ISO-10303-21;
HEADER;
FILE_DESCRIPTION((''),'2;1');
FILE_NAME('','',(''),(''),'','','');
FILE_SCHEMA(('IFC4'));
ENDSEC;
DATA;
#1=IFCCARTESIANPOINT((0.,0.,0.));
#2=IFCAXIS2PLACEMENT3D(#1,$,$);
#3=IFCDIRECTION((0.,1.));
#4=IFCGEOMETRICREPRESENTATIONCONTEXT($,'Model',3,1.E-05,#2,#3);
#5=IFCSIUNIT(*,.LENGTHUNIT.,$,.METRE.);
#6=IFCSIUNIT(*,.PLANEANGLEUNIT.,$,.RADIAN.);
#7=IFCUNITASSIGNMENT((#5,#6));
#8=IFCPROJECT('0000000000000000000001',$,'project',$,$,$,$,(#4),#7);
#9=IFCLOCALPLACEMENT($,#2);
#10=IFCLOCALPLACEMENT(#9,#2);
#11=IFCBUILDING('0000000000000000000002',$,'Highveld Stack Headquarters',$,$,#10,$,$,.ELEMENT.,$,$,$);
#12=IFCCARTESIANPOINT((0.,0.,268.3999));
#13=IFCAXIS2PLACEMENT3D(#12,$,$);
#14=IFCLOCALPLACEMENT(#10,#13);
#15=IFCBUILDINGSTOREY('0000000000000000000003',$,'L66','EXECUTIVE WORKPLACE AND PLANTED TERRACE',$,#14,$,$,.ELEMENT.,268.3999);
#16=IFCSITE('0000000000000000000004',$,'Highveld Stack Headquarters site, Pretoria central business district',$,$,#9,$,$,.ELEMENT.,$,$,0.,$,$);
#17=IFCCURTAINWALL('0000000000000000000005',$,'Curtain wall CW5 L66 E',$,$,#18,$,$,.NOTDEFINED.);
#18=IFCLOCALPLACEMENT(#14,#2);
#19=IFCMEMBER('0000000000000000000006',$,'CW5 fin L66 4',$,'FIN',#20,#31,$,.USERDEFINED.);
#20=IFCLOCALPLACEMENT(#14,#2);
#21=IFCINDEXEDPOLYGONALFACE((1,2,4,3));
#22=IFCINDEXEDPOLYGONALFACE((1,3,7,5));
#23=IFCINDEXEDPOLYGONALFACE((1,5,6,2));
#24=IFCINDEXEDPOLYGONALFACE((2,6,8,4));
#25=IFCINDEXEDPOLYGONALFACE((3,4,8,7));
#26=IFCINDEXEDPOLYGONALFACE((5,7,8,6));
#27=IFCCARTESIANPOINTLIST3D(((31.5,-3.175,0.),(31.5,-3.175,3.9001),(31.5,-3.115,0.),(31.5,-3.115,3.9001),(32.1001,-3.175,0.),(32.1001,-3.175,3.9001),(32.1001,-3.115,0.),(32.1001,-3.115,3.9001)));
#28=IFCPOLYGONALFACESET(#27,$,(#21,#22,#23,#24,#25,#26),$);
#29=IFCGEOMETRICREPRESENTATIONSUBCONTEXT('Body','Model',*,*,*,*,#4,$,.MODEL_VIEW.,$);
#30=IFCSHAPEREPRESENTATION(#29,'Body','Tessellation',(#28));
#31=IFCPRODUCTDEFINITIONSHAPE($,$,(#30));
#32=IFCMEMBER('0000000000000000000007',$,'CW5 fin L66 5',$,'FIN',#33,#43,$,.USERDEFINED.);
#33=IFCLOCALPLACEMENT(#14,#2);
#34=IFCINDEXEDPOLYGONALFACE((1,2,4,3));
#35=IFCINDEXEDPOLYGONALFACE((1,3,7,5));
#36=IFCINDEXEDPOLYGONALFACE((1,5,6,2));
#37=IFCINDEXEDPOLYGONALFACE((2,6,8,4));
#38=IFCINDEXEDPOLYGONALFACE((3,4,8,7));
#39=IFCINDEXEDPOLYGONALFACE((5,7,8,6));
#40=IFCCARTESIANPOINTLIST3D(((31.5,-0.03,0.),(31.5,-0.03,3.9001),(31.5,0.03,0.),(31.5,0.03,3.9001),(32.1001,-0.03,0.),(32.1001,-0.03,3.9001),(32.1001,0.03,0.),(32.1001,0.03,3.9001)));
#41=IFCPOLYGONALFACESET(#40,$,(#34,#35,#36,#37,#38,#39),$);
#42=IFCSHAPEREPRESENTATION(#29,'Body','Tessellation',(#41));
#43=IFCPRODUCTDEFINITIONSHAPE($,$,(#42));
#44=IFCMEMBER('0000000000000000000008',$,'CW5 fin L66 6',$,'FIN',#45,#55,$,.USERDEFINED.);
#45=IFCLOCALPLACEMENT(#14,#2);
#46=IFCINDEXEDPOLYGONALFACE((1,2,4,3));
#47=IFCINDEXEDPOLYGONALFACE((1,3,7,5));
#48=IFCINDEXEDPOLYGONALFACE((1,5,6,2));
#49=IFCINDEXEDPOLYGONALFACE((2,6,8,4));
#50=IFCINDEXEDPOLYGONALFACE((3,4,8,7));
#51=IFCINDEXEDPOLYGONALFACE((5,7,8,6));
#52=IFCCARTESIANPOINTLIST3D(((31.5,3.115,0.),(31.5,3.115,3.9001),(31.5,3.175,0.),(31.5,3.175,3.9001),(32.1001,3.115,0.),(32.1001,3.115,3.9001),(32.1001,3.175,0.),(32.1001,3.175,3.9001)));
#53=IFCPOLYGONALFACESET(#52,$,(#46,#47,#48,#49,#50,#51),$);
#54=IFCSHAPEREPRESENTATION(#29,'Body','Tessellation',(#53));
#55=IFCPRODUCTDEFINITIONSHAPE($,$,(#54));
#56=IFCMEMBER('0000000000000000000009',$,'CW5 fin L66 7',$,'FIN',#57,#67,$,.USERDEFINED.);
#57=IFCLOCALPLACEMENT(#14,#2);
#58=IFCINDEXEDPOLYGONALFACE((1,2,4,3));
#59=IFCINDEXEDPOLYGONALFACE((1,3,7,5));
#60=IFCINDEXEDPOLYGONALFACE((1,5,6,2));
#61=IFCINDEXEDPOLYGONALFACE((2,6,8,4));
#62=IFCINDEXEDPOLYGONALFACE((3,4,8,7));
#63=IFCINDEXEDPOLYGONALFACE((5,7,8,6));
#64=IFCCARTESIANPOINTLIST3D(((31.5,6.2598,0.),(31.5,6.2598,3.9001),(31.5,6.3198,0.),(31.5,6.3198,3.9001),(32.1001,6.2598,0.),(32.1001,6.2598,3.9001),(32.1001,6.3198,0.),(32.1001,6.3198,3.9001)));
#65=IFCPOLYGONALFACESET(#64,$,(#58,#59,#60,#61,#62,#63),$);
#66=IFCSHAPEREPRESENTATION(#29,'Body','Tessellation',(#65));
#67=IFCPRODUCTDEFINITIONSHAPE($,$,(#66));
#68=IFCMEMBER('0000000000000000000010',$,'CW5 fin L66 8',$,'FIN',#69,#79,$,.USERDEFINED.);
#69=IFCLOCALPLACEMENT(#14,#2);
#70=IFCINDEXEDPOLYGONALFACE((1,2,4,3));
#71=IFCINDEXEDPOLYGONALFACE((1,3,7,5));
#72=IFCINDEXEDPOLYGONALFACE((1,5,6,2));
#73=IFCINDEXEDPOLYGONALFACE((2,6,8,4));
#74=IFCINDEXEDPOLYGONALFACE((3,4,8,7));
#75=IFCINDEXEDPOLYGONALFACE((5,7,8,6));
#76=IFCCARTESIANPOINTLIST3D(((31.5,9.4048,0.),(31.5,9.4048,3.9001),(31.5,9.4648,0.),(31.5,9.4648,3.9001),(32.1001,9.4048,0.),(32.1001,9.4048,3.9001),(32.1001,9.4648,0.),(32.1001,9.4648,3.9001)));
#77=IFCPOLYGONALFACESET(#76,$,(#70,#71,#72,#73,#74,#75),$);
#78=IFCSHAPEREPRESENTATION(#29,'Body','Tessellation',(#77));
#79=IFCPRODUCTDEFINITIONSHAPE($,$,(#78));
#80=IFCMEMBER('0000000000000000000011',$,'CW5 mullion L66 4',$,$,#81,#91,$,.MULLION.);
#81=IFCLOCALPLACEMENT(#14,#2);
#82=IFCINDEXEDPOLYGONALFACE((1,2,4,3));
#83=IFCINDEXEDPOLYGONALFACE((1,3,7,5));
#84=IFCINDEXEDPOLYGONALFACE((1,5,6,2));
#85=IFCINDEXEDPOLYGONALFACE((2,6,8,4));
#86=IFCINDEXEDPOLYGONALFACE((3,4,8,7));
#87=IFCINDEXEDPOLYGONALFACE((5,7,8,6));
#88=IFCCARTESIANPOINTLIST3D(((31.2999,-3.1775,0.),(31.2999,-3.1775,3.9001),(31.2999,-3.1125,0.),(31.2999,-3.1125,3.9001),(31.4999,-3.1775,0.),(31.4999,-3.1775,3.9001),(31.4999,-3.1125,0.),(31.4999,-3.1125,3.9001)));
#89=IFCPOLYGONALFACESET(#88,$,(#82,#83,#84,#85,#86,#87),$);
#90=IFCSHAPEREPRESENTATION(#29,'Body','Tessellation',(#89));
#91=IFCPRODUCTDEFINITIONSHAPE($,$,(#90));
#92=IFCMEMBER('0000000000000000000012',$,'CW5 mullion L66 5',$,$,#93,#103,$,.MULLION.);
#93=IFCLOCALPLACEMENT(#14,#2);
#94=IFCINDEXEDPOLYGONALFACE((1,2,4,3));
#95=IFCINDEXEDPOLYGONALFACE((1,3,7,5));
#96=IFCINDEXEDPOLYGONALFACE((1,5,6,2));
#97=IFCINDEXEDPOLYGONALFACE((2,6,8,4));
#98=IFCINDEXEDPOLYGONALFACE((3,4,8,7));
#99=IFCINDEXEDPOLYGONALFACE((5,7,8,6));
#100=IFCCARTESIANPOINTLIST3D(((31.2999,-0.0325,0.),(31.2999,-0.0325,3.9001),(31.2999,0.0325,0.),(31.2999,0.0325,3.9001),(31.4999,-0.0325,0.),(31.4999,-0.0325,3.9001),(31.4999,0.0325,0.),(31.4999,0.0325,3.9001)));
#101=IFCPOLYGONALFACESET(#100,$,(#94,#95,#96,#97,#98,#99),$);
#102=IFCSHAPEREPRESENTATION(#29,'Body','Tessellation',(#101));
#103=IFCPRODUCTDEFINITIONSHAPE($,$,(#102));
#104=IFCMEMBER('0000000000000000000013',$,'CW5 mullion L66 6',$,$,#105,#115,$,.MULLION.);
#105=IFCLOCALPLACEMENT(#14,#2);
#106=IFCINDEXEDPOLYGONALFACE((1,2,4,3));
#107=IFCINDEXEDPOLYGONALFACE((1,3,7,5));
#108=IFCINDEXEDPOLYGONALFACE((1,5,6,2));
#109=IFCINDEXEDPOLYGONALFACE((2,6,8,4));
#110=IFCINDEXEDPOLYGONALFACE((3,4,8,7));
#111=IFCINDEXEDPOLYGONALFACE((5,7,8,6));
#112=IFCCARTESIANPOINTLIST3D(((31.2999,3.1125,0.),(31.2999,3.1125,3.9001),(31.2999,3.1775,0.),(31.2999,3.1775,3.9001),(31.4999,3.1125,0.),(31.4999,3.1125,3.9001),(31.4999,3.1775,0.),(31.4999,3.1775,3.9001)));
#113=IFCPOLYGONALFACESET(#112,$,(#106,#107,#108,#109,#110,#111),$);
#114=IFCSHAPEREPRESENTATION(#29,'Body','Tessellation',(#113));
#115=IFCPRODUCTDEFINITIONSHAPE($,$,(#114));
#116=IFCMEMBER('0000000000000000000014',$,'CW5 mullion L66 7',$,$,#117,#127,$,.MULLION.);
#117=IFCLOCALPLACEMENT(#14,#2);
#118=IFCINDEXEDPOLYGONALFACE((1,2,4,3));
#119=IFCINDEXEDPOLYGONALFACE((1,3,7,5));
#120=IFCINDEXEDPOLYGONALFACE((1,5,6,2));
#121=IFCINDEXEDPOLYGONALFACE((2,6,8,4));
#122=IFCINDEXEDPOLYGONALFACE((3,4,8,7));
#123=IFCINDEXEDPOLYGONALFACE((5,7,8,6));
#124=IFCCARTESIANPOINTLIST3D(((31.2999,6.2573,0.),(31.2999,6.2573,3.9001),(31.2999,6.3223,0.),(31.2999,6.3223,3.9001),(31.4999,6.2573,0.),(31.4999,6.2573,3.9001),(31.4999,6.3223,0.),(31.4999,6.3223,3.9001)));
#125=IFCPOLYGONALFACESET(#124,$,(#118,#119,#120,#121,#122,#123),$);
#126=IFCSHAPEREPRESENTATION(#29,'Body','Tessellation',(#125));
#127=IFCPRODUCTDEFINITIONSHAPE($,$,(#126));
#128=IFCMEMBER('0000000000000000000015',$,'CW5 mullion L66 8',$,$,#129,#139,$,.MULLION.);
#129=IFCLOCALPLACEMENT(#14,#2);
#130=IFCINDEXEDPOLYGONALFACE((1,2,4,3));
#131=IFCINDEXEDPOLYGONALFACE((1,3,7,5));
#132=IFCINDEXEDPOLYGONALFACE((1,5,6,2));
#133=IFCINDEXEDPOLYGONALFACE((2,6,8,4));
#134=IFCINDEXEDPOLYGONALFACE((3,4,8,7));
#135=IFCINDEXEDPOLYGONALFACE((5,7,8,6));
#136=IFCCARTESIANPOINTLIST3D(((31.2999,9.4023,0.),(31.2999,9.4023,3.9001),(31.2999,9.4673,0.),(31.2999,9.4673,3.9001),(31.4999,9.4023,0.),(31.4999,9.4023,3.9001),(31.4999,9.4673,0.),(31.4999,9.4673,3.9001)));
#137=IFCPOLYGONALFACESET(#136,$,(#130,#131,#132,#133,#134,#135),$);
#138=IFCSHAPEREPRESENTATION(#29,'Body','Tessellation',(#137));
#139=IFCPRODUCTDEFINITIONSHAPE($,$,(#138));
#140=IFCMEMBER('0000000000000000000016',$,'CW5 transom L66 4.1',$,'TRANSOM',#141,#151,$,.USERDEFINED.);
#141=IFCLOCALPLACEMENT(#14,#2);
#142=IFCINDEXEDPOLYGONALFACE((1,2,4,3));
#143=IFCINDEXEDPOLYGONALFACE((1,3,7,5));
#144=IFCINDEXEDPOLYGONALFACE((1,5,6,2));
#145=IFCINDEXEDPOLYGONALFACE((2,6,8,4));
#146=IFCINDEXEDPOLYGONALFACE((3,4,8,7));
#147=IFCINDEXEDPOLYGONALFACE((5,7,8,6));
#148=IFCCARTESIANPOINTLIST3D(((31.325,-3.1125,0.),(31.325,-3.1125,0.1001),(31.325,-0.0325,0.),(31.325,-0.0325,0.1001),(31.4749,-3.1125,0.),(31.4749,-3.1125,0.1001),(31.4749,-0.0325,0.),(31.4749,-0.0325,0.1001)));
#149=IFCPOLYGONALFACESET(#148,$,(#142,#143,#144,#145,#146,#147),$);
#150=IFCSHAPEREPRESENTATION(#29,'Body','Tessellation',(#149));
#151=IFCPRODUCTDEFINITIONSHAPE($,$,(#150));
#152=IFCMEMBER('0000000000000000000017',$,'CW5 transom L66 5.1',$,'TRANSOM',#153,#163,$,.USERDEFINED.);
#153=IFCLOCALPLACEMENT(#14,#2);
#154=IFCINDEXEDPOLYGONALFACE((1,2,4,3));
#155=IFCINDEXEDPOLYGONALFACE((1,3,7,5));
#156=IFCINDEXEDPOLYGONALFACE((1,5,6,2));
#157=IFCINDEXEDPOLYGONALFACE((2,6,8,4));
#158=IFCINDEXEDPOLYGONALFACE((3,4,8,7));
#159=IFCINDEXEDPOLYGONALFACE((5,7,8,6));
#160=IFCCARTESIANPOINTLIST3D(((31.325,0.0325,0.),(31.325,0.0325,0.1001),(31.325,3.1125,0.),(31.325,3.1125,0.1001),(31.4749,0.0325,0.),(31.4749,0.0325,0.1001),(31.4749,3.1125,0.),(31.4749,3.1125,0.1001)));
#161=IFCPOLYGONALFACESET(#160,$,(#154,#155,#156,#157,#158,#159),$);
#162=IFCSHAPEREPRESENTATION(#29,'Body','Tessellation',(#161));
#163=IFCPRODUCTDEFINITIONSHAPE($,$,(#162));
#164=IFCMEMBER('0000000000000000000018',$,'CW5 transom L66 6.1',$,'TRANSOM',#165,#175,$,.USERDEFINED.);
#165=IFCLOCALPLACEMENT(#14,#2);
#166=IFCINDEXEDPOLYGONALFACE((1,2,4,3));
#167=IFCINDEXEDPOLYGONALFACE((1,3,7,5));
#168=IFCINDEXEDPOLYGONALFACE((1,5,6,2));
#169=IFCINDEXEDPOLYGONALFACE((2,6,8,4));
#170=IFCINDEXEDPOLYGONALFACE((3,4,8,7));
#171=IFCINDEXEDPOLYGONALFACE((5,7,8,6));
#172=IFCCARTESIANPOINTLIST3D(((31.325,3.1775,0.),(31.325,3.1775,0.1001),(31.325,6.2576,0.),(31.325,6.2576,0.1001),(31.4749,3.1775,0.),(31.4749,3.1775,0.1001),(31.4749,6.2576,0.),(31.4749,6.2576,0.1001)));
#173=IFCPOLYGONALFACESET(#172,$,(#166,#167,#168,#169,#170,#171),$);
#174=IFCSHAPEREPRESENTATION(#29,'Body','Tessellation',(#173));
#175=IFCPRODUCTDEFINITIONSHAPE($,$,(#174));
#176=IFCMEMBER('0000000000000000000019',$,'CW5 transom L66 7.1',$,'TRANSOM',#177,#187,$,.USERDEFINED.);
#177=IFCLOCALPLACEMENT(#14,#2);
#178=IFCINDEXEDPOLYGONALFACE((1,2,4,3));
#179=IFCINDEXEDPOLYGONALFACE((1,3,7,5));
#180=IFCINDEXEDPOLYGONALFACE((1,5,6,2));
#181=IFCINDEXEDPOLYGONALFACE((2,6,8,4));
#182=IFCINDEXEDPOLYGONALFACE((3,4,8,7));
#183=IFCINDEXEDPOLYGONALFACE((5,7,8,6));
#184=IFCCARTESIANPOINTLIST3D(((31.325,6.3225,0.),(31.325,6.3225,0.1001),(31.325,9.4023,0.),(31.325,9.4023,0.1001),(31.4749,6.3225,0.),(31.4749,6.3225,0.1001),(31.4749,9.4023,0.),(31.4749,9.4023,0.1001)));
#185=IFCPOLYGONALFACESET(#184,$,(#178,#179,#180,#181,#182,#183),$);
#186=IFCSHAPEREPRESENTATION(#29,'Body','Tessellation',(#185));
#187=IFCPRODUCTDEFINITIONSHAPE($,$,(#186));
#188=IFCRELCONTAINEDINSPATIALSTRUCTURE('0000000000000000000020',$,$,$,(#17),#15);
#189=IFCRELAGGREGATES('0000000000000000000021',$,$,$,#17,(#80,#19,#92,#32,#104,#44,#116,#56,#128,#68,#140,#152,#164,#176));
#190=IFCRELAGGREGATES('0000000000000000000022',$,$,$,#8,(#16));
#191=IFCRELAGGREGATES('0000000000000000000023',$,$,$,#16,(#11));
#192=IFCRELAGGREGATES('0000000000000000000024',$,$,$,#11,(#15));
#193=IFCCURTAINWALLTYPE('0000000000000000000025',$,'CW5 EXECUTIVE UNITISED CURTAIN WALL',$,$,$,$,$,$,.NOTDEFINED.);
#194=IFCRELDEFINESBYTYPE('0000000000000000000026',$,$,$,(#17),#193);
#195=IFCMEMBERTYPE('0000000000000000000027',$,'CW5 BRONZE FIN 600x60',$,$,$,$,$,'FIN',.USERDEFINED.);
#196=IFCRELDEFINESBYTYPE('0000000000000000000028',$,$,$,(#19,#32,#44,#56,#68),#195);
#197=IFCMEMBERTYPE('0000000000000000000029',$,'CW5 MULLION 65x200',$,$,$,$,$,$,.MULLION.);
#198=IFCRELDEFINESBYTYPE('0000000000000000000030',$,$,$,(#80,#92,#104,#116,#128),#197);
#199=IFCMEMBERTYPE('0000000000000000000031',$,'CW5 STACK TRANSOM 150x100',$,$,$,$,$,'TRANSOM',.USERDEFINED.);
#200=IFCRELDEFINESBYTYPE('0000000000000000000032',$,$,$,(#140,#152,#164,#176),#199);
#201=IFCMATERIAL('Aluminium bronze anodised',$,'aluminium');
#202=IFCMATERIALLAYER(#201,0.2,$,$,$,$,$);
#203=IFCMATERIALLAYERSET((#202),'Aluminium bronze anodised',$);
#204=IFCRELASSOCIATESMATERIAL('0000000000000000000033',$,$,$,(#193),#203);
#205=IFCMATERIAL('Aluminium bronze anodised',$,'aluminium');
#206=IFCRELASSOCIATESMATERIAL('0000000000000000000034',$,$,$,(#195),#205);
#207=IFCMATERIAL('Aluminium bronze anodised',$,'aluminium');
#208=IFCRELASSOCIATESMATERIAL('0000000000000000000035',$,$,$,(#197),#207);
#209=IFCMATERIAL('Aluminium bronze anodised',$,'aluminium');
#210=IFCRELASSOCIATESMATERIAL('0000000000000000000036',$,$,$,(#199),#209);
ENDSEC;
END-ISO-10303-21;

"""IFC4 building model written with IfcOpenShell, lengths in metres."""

from ifc_helpers import new_model, si_unit, direction, frame, origin, origin_2d, place, context, subcontext, project, spatial, rectangle, extrude, material, layer, layer_set, material_profile, profile_set, type_object, element, aggregate, save


model = new_model("IFC4")

# Units and contexts
model_context = context("Model", 3, precision=1e-05, world=origin(), true_north=direction((0.0, 1.0)))
body_context = subcontext(model_context, "Body", "Model", "MODEL_VIEW")
ifc_project = project(units=[si_unit("LENGTHUNIT", "METRE"), si_unit("PLANEANGLEUNIT", "RADIAN")], contexts=[model_context])

# Site, building, storey
site_placement = place(None, origin())
site = spatial("IfcSite", under=ifc_project, at=site_placement, Name="Highveld Stack Headquarters site, Pretoria central business district", CompositionType="ELEMENT", RefElevation=0.0)
building_placement = place(site_placement, origin())
building = spatial("IfcBuilding", under=site, at=building_placement, Name="Highveld Stack Headquarters", CompositionType="ELEMENT")
storey_placement = place(building_placement, frame((0.0, 0.0, 268.3999)))
storey = spatial("IfcBuildingStorey", under=building, at=storey_placement, Name="L66", Description="EXECUTIVE WORKPLACE AND PLANTED TERRACE", CompositionType="ELEMENT", Elevation=268.3999)

# Curtain wall, members
ifc_material_1 = material(Name="Aluminium bronze anodised", Category="aluminium")
ifc_layer_1 = layer(ifc_material_1, 0.2)
ifc_layer_set_1 = layer_set([ifc_layer_1], Name="Aluminium bronze anodised")
curtain_wall_type = type_object("IfcCurtainWallType", Name="CW5 EXECUTIVE UNITISED CURTAIN WALL", PredefinedType="NOTDEFINED", material=ifc_layer_set_1)
curtain_wall_placement = place(storey_placement, origin())
curtain_wall = element("IfcCurtainWall", 1, at=curtain_wall_placement, inside=storey, type_object=curtain_wall_type, Name="Curtain wall CW5 L66 E", PredefinedType="NOTDEFINED")
ifc_material_2 = material(Name="Aluminium bronze anodised", Category="aluminium")
ifc_material_profile_1 = material_profile(ifc_material_2, rectangle(XDim=0.6001, YDim=0.0601, at=origin_2d()), Name="FIN 600x60")
ifc_profile_set_1 = profile_set([ifc_material_profile_1], Name="Aluminium bronze anodised")
member_type_1 = type_object("IfcMemberType", Name="CW5 BRONZE FIN 600x60", ElementType="FIN", PredefinedType="USERDEFINED", material=ifc_profile_set_1)
member_1_placement = place(storey_placement, frame((31.8, -3.145, 0.0), z_axis=(0.0, 0.0, 1.0), x_axis=(-1.0, 0.0, 0.0)))
member_1 = element("IfcMember", 2, at=member_1_placement, type_object=member_type_1, Name="CW5 fin L66 4", ObjectType="FIN", PredefinedType="USERDEFINED", context=body_context, shape_type="SweptSolid", body=[
    extrude(rectangle(XDim=0.6001, YDim=0.0601, at=origin_2d()), origin(), (0.0, 0.0, 1.0), 3.9001),
])
member_2_placement = place(storey_placement, frame((31.8, 0.0, 0.0), z_axis=(0.0, 0.0, 1.0), x_axis=(-1.0, 0.0, 0.0)))
member_2 = element("IfcMember", 3, at=member_2_placement, type_object=member_type_1, Name="CW5 fin L66 5", ObjectType="FIN", PredefinedType="USERDEFINED", context=body_context, shape_type="SweptSolid", body=[
    extrude(rectangle(XDim=0.6001, YDim=0.0601, at=origin_2d()), origin(), (0.0, 0.0, 1.0), 3.9001),
])
member_3_placement = place(storey_placement, frame((31.8, 3.145, 0.0), z_axis=(0.0, 0.0, 1.0), x_axis=(-1.0, 0.0, 0.0)))
member_3 = element("IfcMember", 4, at=member_3_placement, type_object=member_type_1, Name="CW5 fin L66 6", ObjectType="FIN", PredefinedType="USERDEFINED", context=body_context, shape_type="SweptSolid", body=[
    extrude(rectangle(XDim=0.6001, YDim=0.0601, at=origin_2d()), origin(), (0.0, 0.0, 1.0), 3.9001),
])
member_4_placement = place(storey_placement, frame((31.8, 6.2898, 0.0), z_axis=(0.0, 0.0, 1.0), x_axis=(-1.0, 0.0, 0.0)))
member_4 = element("IfcMember", 5, at=member_4_placement, type_object=member_type_1, Name="CW5 fin L66 7", ObjectType="FIN", PredefinedType="USERDEFINED", context=body_context, shape_type="SweptSolid", body=[
    extrude(rectangle(XDim=0.6001, YDim=0.0601, at=origin_2d()), origin(), (0.0, 0.0, 1.0), 3.9001),
])
member_5_placement = place(storey_placement, frame((31.8, 9.4348, 0.0), z_axis=(0.0, 0.0, 1.0), x_axis=(-1.0, 0.0, 0.0)))
member_5 = element("IfcMember", 6, at=member_5_placement, type_object=member_type_1, Name="CW5 fin L66 8", ObjectType="FIN", PredefinedType="USERDEFINED", context=body_context, shape_type="SweptSolid", body=[
    extrude(rectangle(XDim=0.6001, YDim=0.0601, at=origin_2d()), origin(), (0.0, 0.0, 1.0), 3.9001),
])
ifc_material_3 = material(Name="Aluminium bronze anodised", Category="aluminium")
ifc_material_profile_2 = material_profile(ifc_material_3, rectangle(XDim=0.2, YDim=0.0649, at=origin_2d()), Name="CW5 MULLION 65x200")
ifc_profile_set_2 = profile_set([ifc_material_profile_2], Name="Aluminium bronze anodised")
member_type_2 = type_object("IfcMemberType", Name="CW5 MULLION 65x200", PredefinedType="MULLION", material=ifc_profile_set_2)
member_6_placement = place(storey_placement, frame((31.3999, -3.145, 0.0), z_axis=(0.0, 0.0, 1.0), x_axis=(-1.0, 0.0, 0.0)))
member_6 = element("IfcMember", 7, at=member_6_placement, type_object=member_type_2, Name="CW5 mullion L66 4", PredefinedType="MULLION", context=body_context, shape_type="SweptSolid", body=[
    extrude(rectangle(XDim=0.2, YDim=0.0649, at=origin_2d()), origin(), (0.0, 0.0, 1.0), 3.9001),
])
member_7_placement = place(storey_placement, frame((31.3999, 0.0, 0.0), z_axis=(0.0, 0.0, 1.0), x_axis=(-1.0, 0.0, 0.0)))
member_7 = element("IfcMember", 8, at=member_7_placement, type_object=member_type_2, Name="CW5 mullion L66 5", PredefinedType="MULLION", context=body_context, shape_type="SweptSolid", body=[
    extrude(rectangle(XDim=0.2, YDim=0.0649, at=origin_2d()), origin(), (0.0, 0.0, 1.0), 3.9001),
])
member_8_placement = place(storey_placement, frame((31.3999, 3.145, 0.0), z_axis=(0.0, 0.0, 1.0), x_axis=(-1.0, 0.0, 0.0)))
member_8 = element("IfcMember", 9, at=member_8_placement, type_object=member_type_2, Name="CW5 mullion L66 6", PredefinedType="MULLION", context=body_context, shape_type="SweptSolid", body=[
    extrude(rectangle(XDim=0.2, YDim=0.0649, at=origin_2d()), origin(), (0.0, 0.0, 1.0), 3.9001),
])
member_9_placement = place(storey_placement, frame((31.3999, 6.2898, 0.0), z_axis=(0.0, 0.0, 1.0), x_axis=(-1.0, 0.0, 0.0)))
member_9 = element("IfcMember", 10, at=member_9_placement, type_object=member_type_2, Name="CW5 mullion L66 7", PredefinedType="MULLION", context=body_context, shape_type="SweptSolid", body=[
    extrude(rectangle(XDim=0.2, YDim=0.0649, at=origin_2d()), origin(), (0.0, 0.0, 1.0), 3.9001),
])
member_10_placement = place(storey_placement, frame((31.3999, 9.4348, 0.0), z_axis=(0.0, 0.0, 1.0), x_axis=(-1.0, 0.0, 0.0)))
member_10 = element("IfcMember", 11, at=member_10_placement, type_object=member_type_2, Name="CW5 mullion L66 8", PredefinedType="MULLION", context=body_context, shape_type="SweptSolid", body=[
    extrude(rectangle(XDim=0.2, YDim=0.0649, at=origin_2d()), origin(), (0.0, 0.0, 1.0), 3.9001),
])
ifc_material_4 = material(Name="Aluminium bronze anodised", Category="aluminium")
ifc_material_profile_3 = material_profile(ifc_material_4, rectangle(XDim=0.1499, YDim=0.1001, at=origin_2d()), Name="CW5 TRANSOM 150x100")
ifc_profile_set_3 = profile_set([ifc_material_profile_3], Name="Aluminium bronze anodised")
member_type_3 = type_object("IfcMemberType", Name="CW5 STACK TRANSOM 150x100", ElementType="TRANSOM", PredefinedType="USERDEFINED", material=ifc_profile_set_3)
member_11_placement = place(storey_placement, frame((31.3999, -3.1125, 0.05), z_axis=(0.0, 1.0, 0.0), x_axis=(-1.0, 0.0, 0.0)))
member_11 = element("IfcMember", 12, at=member_11_placement, type_object=member_type_3, Name="CW5 transom L66 4.1", ObjectType="TRANSOM", PredefinedType="USERDEFINED", context=body_context, shape_type="SweptSolid", body=[
    extrude(rectangle(XDim=0.1499, YDim=0.1001, at=origin_2d()), origin(), (0.0, 0.0, 1.0), 3.0801),
])
member_12_placement = place(storey_placement, frame((31.3999, 0.0325, 0.05), z_axis=(0.0, 1.0, 0.0), x_axis=(-1.0, 0.0, 0.0)))
member_12 = element("IfcMember", 13, at=member_12_placement, type_object=member_type_3, Name="CW5 transom L66 5.1", ObjectType="TRANSOM", PredefinedType="USERDEFINED", context=body_context, shape_type="SweptSolid", body=[
    extrude(rectangle(XDim=0.1499, YDim=0.1001, at=origin_2d()), origin(), (0.0, 0.0, 1.0), 3.0801),
])
member_13_placement = place(storey_placement, frame((31.3999, 3.1775, 0.05), z_axis=(0.0, 1.0, 0.0), x_axis=(-1.0, 0.0, 0.0)))
member_13 = element("IfcMember", 14, at=member_13_placement, type_object=member_type_3, Name="CW5 transom L66 6.1", ObjectType="TRANSOM", PredefinedType="USERDEFINED", context=body_context, shape_type="SweptSolid", body=[
    extrude(rectangle(XDim=0.1499, YDim=0.1001, at=origin_2d()), origin(), (0.0, 0.0, 1.0), 3.0801),
])
member_14_placement = place(storey_placement, frame((31.3999, 6.3225, 0.05), z_axis=(0.0, 1.0, 0.0), x_axis=(-1.0, 0.0, 0.0)))
member_14 = element("IfcMember", 15, at=member_14_placement, type_object=member_type_3, Name="CW5 transom L66 7.1", ObjectType="TRANSOM", PredefinedType="USERDEFINED", context=body_context, shape_type="SweptSolid", body=[
    extrude(rectangle(XDim=0.1499, YDim=0.1001, at=origin_2d()), origin(), (0.0, 0.0, 1.0), 3.0798),
])

aggregate(curtain_wall, [member_6, member_1, member_7, member_2, member_8, member_3, member_9, member_4, member_10, member_5, member_11, member_12, member_13, member_14])

save(model, "model.ifc")
